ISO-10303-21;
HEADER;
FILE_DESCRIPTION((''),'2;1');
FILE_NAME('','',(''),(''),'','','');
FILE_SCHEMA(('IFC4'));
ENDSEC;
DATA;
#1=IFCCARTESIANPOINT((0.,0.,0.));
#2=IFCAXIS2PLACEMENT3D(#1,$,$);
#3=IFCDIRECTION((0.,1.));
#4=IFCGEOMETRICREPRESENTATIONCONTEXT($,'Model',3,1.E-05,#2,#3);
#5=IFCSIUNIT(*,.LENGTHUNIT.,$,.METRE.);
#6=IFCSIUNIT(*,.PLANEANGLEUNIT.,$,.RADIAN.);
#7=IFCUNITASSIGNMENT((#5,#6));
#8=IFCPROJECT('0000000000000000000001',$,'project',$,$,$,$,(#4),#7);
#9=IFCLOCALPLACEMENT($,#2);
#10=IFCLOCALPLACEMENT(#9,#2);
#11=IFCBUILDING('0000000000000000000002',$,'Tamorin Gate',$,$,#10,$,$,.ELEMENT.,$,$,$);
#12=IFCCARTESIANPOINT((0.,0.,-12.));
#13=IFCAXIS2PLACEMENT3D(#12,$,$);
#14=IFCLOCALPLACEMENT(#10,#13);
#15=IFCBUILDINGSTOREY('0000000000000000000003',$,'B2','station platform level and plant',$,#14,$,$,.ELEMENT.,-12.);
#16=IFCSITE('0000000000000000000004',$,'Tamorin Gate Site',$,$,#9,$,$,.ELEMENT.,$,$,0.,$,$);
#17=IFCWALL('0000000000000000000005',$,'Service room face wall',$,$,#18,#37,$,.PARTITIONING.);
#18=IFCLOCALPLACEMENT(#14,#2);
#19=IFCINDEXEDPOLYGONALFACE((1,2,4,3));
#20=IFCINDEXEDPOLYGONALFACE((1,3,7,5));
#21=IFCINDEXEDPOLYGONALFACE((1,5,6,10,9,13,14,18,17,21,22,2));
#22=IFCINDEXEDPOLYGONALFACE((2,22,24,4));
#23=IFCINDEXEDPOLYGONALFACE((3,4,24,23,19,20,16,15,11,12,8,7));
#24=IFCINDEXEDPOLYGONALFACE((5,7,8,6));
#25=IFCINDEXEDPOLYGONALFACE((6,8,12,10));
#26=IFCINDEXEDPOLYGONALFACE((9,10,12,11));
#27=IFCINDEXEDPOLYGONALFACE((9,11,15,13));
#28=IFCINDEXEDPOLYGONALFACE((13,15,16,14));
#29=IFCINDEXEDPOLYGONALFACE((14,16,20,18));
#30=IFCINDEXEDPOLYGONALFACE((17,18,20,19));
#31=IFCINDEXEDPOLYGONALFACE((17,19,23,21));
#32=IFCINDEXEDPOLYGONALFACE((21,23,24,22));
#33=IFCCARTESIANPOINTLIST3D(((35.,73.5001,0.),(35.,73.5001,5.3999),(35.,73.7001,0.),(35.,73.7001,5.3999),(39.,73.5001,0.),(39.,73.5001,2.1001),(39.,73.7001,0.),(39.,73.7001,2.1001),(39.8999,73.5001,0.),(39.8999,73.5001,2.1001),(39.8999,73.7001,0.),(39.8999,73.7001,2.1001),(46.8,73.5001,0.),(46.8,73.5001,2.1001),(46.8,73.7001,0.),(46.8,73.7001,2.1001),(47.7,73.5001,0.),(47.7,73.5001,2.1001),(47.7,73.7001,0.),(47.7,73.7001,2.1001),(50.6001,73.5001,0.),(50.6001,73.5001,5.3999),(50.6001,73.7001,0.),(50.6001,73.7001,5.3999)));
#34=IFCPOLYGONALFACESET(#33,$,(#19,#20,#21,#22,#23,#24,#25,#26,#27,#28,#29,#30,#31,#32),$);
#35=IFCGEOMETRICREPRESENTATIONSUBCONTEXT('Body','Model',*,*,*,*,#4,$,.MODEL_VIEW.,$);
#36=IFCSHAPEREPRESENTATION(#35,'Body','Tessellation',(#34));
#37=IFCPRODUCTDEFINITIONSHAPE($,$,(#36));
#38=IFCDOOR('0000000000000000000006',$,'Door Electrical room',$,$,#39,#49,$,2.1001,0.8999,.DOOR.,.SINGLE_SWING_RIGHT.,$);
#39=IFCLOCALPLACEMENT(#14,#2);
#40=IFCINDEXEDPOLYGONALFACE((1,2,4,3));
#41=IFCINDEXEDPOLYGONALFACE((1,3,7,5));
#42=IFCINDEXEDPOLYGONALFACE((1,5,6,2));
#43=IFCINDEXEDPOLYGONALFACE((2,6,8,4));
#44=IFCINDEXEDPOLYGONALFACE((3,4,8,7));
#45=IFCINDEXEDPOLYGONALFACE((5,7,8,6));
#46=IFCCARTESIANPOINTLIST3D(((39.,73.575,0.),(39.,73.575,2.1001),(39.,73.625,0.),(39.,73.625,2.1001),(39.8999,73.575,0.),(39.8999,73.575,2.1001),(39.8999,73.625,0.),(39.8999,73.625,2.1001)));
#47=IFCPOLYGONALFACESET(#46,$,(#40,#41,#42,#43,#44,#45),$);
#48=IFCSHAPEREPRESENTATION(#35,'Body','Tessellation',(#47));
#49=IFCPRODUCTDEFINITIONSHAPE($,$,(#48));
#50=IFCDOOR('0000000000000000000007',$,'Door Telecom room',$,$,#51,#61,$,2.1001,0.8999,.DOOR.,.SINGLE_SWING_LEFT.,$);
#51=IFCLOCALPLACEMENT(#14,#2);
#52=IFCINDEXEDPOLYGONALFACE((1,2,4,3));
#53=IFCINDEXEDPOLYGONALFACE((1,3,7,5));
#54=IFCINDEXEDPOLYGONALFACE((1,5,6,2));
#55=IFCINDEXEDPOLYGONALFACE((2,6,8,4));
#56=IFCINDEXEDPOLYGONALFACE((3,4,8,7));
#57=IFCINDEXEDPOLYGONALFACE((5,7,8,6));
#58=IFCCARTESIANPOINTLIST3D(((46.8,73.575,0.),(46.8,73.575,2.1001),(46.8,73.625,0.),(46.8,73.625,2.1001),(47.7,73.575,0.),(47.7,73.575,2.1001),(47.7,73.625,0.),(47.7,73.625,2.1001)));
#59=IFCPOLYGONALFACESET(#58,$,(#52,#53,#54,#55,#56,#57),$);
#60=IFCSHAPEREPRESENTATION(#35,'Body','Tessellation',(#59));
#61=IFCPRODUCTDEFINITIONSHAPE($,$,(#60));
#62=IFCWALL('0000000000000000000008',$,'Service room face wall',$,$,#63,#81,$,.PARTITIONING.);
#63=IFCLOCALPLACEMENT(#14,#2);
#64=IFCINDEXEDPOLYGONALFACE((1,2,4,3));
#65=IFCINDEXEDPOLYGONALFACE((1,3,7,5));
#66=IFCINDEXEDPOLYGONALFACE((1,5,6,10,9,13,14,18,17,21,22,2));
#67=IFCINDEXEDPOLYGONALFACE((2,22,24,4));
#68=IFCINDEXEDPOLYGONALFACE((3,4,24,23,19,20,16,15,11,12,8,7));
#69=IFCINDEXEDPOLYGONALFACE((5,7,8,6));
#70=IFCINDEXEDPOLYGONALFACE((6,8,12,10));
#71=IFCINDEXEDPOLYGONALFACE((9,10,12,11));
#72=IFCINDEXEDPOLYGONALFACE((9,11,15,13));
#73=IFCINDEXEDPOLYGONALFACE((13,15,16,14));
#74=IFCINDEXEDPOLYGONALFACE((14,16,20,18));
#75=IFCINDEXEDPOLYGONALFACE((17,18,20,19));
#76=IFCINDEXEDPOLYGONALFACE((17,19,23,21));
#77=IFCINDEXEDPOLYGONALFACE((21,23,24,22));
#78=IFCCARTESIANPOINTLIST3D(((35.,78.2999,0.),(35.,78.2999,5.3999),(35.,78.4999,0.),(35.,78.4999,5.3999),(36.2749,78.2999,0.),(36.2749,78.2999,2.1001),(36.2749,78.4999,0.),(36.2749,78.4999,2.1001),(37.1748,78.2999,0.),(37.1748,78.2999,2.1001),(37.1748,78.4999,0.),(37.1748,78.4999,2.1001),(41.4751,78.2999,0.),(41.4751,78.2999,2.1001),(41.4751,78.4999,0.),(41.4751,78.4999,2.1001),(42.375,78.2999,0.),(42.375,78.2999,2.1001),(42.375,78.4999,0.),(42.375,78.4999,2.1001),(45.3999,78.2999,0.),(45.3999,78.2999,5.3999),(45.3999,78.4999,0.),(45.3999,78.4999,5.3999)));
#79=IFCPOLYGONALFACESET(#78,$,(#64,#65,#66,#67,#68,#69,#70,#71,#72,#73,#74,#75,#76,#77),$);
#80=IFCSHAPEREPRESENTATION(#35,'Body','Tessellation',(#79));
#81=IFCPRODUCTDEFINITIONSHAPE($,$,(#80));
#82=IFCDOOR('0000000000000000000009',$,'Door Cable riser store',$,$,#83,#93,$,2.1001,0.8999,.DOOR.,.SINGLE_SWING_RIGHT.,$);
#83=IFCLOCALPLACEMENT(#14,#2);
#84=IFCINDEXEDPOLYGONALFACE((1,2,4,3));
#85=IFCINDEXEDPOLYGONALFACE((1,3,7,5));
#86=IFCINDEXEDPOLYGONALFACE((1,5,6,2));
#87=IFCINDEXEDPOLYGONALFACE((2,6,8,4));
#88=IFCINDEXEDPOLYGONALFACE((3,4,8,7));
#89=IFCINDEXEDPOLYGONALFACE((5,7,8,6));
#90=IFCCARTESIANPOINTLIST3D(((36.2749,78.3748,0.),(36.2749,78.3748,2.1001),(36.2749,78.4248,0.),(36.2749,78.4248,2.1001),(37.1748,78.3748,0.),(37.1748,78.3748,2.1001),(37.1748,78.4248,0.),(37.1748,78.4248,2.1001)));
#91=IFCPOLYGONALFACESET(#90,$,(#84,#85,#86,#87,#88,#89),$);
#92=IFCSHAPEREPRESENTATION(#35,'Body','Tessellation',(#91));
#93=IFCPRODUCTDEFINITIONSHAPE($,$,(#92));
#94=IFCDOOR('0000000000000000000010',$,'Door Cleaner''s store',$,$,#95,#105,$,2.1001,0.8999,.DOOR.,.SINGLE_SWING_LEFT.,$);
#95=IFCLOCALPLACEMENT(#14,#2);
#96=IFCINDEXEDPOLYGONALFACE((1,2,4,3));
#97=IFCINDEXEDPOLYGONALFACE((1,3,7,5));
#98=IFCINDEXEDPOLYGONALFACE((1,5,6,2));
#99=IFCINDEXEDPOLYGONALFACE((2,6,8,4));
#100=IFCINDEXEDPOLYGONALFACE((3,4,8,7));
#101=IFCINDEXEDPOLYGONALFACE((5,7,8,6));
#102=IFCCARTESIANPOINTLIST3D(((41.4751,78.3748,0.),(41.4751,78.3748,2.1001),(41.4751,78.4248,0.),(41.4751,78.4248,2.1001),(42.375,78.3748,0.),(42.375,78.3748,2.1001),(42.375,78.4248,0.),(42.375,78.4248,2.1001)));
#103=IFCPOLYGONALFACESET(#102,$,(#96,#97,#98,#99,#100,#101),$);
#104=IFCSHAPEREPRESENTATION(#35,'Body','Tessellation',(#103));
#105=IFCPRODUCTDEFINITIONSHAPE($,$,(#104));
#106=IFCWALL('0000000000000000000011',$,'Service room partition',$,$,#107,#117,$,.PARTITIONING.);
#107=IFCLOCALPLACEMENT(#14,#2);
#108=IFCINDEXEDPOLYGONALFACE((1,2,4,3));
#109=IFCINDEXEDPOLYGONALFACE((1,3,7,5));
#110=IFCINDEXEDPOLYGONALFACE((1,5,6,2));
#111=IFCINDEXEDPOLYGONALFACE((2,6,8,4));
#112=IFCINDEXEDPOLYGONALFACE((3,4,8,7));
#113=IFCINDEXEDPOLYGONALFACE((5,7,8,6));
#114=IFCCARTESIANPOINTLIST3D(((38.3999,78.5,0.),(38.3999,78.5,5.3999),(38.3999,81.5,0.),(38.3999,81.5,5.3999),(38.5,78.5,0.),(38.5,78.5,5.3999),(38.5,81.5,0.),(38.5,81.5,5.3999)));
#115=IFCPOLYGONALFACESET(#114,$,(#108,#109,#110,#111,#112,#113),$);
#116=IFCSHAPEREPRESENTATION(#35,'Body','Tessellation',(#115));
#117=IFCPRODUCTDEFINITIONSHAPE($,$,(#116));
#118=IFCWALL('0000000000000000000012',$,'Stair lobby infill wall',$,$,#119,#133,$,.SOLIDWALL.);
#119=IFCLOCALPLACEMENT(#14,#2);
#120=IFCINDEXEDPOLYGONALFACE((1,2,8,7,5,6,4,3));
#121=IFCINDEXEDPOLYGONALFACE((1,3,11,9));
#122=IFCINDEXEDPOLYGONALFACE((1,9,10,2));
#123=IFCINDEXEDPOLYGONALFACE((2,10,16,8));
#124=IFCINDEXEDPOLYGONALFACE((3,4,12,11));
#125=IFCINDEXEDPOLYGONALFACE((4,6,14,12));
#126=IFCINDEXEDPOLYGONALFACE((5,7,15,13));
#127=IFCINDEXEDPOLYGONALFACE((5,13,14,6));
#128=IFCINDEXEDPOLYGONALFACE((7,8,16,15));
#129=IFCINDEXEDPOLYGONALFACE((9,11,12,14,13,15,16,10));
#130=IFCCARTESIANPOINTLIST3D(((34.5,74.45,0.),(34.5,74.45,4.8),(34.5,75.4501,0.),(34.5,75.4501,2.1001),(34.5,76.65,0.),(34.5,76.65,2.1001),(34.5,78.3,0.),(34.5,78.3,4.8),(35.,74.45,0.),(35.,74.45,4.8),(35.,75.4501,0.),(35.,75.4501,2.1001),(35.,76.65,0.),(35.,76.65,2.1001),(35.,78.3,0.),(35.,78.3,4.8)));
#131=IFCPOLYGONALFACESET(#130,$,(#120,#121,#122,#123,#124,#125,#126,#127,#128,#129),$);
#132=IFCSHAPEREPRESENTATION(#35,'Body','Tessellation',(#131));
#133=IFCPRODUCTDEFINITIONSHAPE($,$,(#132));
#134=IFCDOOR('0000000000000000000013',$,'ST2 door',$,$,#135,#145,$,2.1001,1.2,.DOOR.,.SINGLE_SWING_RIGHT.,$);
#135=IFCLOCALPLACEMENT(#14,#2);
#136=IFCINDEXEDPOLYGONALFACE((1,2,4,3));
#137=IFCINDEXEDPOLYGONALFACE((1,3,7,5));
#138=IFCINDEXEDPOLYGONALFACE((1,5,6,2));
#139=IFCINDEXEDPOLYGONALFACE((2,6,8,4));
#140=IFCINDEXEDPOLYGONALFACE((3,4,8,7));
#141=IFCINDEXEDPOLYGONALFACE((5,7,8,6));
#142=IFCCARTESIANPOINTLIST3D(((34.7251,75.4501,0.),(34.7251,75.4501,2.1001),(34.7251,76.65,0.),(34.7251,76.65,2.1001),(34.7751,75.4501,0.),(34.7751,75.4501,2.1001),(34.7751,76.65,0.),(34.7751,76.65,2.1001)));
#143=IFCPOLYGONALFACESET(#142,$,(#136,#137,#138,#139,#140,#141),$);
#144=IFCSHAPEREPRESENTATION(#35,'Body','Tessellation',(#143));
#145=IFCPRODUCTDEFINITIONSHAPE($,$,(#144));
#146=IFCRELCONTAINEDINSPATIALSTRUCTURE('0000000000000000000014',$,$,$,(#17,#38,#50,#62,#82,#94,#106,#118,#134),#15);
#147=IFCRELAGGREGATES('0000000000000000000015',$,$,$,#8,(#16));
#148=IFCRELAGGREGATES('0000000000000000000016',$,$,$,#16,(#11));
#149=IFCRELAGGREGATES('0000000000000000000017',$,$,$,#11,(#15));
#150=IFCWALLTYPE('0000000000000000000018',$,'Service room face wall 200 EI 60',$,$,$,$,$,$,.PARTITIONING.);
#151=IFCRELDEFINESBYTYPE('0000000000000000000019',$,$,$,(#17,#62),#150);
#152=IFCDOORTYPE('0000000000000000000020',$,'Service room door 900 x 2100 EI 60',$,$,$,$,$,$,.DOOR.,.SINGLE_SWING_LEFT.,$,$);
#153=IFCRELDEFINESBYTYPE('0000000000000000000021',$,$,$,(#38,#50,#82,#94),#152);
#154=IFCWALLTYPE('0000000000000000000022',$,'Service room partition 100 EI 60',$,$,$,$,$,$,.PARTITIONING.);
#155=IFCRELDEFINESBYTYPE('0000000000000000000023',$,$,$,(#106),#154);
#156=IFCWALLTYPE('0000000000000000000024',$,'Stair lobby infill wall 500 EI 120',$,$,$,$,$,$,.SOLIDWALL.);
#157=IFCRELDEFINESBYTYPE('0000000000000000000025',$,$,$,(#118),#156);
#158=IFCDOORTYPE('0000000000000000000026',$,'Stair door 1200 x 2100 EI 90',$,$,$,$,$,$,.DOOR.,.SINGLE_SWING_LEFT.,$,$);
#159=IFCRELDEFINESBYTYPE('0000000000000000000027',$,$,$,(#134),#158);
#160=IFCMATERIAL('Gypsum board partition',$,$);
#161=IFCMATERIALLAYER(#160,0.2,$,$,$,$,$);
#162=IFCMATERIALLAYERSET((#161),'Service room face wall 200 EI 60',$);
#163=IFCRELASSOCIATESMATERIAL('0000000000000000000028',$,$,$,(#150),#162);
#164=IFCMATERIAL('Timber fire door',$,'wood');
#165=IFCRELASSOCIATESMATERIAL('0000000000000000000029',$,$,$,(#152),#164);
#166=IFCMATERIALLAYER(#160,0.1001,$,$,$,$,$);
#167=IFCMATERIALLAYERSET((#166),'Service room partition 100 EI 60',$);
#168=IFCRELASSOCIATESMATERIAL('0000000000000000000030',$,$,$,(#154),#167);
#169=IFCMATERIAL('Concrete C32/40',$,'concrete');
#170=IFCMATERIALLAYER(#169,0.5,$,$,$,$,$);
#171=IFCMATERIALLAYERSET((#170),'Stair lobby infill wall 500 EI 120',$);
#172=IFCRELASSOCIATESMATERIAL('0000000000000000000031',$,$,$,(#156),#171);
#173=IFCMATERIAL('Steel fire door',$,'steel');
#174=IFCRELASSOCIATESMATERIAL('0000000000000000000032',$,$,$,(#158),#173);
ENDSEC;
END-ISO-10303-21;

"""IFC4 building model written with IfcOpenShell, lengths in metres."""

from ifc_helpers import new_model, si_unit, direction, frame, frame_2d, origin, place, context, subcontext, project, spatial, rectangle, extrude, material, layer, layer_set, type_object, element, fill, save


model = new_model("IFC4")

# Units and contexts
model_context = context("Model", 3, precision=1e-05, world=origin(), true_north=direction((0.0, 1.0)))
body_context = subcontext(model_context, "Body", "Model", "MODEL_VIEW")
ifc_project = project(units=[si_unit("LENGTHUNIT", "METRE"), si_unit("PLANEANGLEUNIT", "RADIAN")], contexts=[model_context])

# Site, building, storey
site_placement = place(None, origin())
site = spatial("IfcSite", under=ifc_project, at=site_placement, Name="Tamorin Gate Site", CompositionType="ELEMENT", RefElevation=0.0)
building_placement = place(site_placement, origin())
building = spatial("IfcBuilding", under=site, at=building_placement, Name="Tamorin Gate", CompositionType="ELEMENT")
storey_placement = place(building_placement, frame((0.0, 0.0, -12.0)))
storey = spatial("IfcBuildingStorey", under=building, at=storey_placement, Name="B2", Description="station platform level and plant", CompositionType="ELEMENT", Elevation=-12.0)

# Shared definitions
ifc_material_1 = material(Name="Concrete C32/40", Category="concrete")

# Shared definitions
ifc_material_2 = material(Name="Steel fire door", Category="steel")

# Walls, openings, doors
ifc_material_3 = material(Name="Gypsum board partition")
ifc_layer_1 = layer(ifc_material_3, 0.2)
ifc_layer_set_1 = layer_set([ifc_layer_1], Name="Service room face wall 200 EI 60")
wall_type_1 = type_object("IfcWallType", Name="Service room face wall 200 EI 60", PredefinedType="PARTITIONING", material=ifc_layer_set_1)
wall_1_placement = place(storey_placement, frame((35.0, 73.6001, 0.0), z_axis=(0.0, 0.0, 1.0), x_axis=(1.0, 0.0, 0.0)))
wall_1 = element("IfcWall", 1, at=wall_1_placement, inside=storey, type_object=wall_type_1, Name="Service room face wall", PredefinedType="PARTITIONING", context=body_context, shape_type="SweptSolid", body=[
    extrude(rectangle(XDim=15.6001, YDim=0.2, at=frame_2d((7.8, 0.0))), origin(), (0.0, 0.0, 1.0), 5.3999),
])
opening_1_placement = place(wall_1_placement, frame((4.0, 0.0, 0.0)))
opening_1 = element("IfcOpeningElement", 2, at=opening_1_placement, cuts=wall_1, PredefinedType="OPENING", context=body_context, shape_type="SweptSolid", body=[
    extrude(rectangle(XDim=0.8999, YDim=2.1001, at=frame_2d((0.45, 1.05))), frame((0.0, 0.1099, 0.0), z_axis=(0.0, -1.0, 0.0), x_axis=(1.0, 0.0, 0.0)), (0.0, 0.0, 1.0), 0.22),
])
opening_2_placement = place(wall_1_placement, frame((11.8, 0.0, 0.0)))
opening_2 = element("IfcOpeningElement", 3, at=opening_2_placement, cuts=wall_1, PredefinedType="OPENING", context=body_context, shape_type="SweptSolid", body=[
    extrude(rectangle(XDim=0.8999, YDim=2.1001, at=frame_2d((0.45, 1.05))), frame((0.0, 0.1099, 0.0), z_axis=(0.0, -1.0, 0.0), x_axis=(1.0, 0.0, 0.0)), (0.0, 0.0, 1.0), 0.22),
])
ifc_material_4 = material(Name="Timber fire door", Category="wood")
door_type_1 = type_object("IfcDoorType", Name="Service room door 900 x 2100 EI 60", OperationType="SINGLE_SWING_LEFT", PredefinedType="DOOR", material=ifc_material_4)
door_1_placement = place(opening_1_placement, origin())
door_1 = element("IfcDoor", 4, at=door_1_placement, inside=storey, type_object=door_type_1, Name="Door Electrical room", OperationType="SINGLE_SWING_RIGHT", OverallHeight=2.1001, OverallWidth=0.8999, PredefinedType="DOOR", context=body_context, shape_type="SweptSolid", body=[
    extrude(rectangle(XDim=0.8999, YDim=2.1001, at=frame_2d((0.45, 1.05))), frame((0.0, 0.0249, 0.0), z_axis=(0.0, -1.0, 0.0), x_axis=(1.0, 0.0, 0.0)), (0.0, 0.0, 1.0), 0.05),
])
fill(opening_1, door_1)
door_2_placement = place(opening_2_placement, origin())
door_2 = element("IfcDoor", 5, at=door_2_placement, inside=storey, type_object=door_type_1, Name="Door Telecom room", OperationType="SINGLE_SWING_LEFT", OverallHeight=2.1001, OverallWidth=0.8999, PredefinedType="DOOR", context=body_context, shape_type="SweptSolid", body=[
    extrude(rectangle(XDim=0.8999, YDim=2.1001, at=frame_2d((0.45, 1.05))), frame((0.0, 0.0249, 0.0), z_axis=(0.0, -1.0, 0.0), x_axis=(1.0, 0.0, 0.0)), (0.0, 0.0, 1.0), 0.05),
])
fill(opening_2, door_2)
wall_2_placement = place(storey_placement, frame((35.0, 78.3999, 0.0), z_axis=(0.0, 0.0, 1.0), x_axis=(1.0, 0.0, 0.0)))
wall_2 = element("IfcWall", 6, at=wall_2_placement, inside=storey, type_object=wall_type_1, Name="Service room face wall", PredefinedType="PARTITIONING", context=body_context, shape_type="SweptSolid", body=[
    extrude(rectangle(XDim=10.3999, YDim=0.2, at=frame_2d((5.2, 0.0))), origin(), (0.0, 0.0, 1.0), 5.3999),
])
opening_3_placement = place(wall_2_placement, frame((1.2749, 0.0, 0.0)))
opening_3 = element("IfcOpeningElement", 7, at=opening_3_placement, cuts=wall_2, PredefinedType="OPENING", context=body_context, shape_type="SweptSolid", body=[
    extrude(rectangle(XDim=0.8999, YDim=2.1001, at=frame_2d((0.45, 1.05))), frame((0.0, 0.1099, 0.0), z_axis=(0.0, -1.0, 0.0), x_axis=(1.0, 0.0, 0.0)), (0.0, 0.0, 1.0), 0.22),
])
opening_4_placement = place(wall_2_placement, frame((6.4751, 0.0, 0.0)))
opening_4 = element("IfcOpeningElement", 8, at=opening_4_placement, cuts=wall_2, PredefinedType="OPENING", context=body_context, shape_type="SweptSolid", body=[
    extrude(rectangle(XDim=0.8999, YDim=2.1001, at=frame_2d((0.45, 1.05))), frame((0.0, 0.1099, 0.0), z_axis=(0.0, -1.0, 0.0), x_axis=(1.0, 0.0, 0.0)), (0.0, 0.0, 1.0), 0.22),
])
door_3_placement = place(opening_3_placement, origin())
door_3 = element("IfcDoor", 9, at=door_3_placement, inside=storey, type_object=door_type_1, Name="Door Cable riser store", OperationType="SINGLE_SWING_RIGHT", OverallHeight=2.1001, OverallWidth=0.8999, PredefinedType="DOOR", context=body_context, shape_type="SweptSolid", body=[
    extrude(rectangle(XDim=0.8999, YDim=2.1001, at=frame_2d((0.45, 1.05))), frame((0.0, 0.0249, 0.0), z_axis=(0.0, -1.0, 0.0), x_axis=(1.0, 0.0, 0.0)), (0.0, 0.0, 1.0), 0.05),
])
fill(opening_3, door_3)
door_4_placement = place(opening_4_placement, origin())
door_4 = element("IfcDoor", 10, at=door_4_placement, inside=storey, type_object=door_type_1, Name="Door Cleaner's store", OperationType="SINGLE_SWING_LEFT", OverallHeight=2.1001, OverallWidth=0.8999, PredefinedType="DOOR", context=body_context, shape_type="SweptSolid", body=[
    extrude(rectangle(XDim=0.8999, YDim=2.1001, at=frame_2d((0.45, 1.05))), frame((0.0, 0.0249, 0.0), z_axis=(0.0, -1.0, 0.0), x_axis=(1.0, 0.0, 0.0)), (0.0, 0.0, 1.0), 0.05),
])
fill(opening_4, door_4)

# Wall
ifc_layer_2 = layer(ifc_material_3, 0.1001)
ifc_layer_set_2 = layer_set([ifc_layer_2], Name="Service room partition 100 EI 60")
wall_type_2 = type_object("IfcWallType", Name="Service room partition 100 EI 60", PredefinedType="PARTITIONING", material=ifc_layer_set_2)
wall_3_placement = place(storey_placement, frame((38.45, 78.5, 0.0), z_axis=(0.0, 0.0, 1.0), x_axis=(0.0, 1.0, 0.0)))
element("IfcWall", 11, at=wall_3_placement, inside=storey, type_object=wall_type_2, Name="Service room partition", PredefinedType="PARTITIONING", context=body_context, shape_type="SweptSolid", body=[
    extrude(rectangle(XDim=3.0, YDim=0.1001, at=frame_2d((1.5, 0.0))), origin(), (0.0, 0.0, 1.0), 5.3999),
])

# Wall, opening, door
ifc_layer_3 = layer(ifc_material_1, 0.5)
ifc_layer_set_3 = layer_set([ifc_layer_3], Name="Stair lobby infill wall 500 EI 120")
wall_type_3 = type_object("IfcWallType", Name="Stair lobby infill wall 500 EI 120", PredefinedType="SOLIDWALL", material=ifc_layer_set_3)
wall_4_placement = place(storey_placement, frame((34.75, 74.45, 0.0), z_axis=(0.0, 0.0, 1.0), x_axis=(0.0, 1.0, 0.0)))
wall_4 = element("IfcWall", 12, at=wall_4_placement, inside=storey, type_object=wall_type_3, Name="Stair lobby infill wall", PredefinedType="SOLIDWALL", context=body_context, shape_type="SweptSolid", body=[
    extrude(rectangle(XDim=3.8501, YDim=0.5, at=frame_2d((1.925, 0.0))), origin(), (0.0, 0.0, 1.0), 4.8),
])
opening_5_placement = place(wall_4_placement, frame((1.0, 0.0, 0.0)))
opening_5 = element("IfcOpeningElement", 13, at=opening_5_placement, cuts=wall_4, PredefinedType="OPENING", context=body_context, shape_type="SweptSolid", body=[
    extrude(rectangle(XDim=1.2, YDim=2.1001, at=frame_2d((0.6001, 1.05))), frame((0.0, 0.26, 0.0), z_axis=(0.0, -1.0, 0.0), x_axis=(1.0, 0.0, 0.0)), (0.0, 0.0, 1.0), 0.52),
])
door_type_2 = type_object("IfcDoorType", Name="Stair door 1200 x 2100 EI 90", OperationType="SINGLE_SWING_LEFT", PredefinedType="DOOR", material=ifc_material_2)
door_5_placement = place(opening_5_placement, origin())
door_5 = element("IfcDoor", 14, at=door_5_placement, inside=storey, type_object=door_type_2, Name="ST2 door", OperationType="SINGLE_SWING_RIGHT", OverallHeight=2.1001, OverallWidth=1.2, PredefinedType="DOOR", context=body_context, shape_type="SweptSolid", body=[
    extrude(rectangle(XDim=1.2, YDim=2.1001, at=frame_2d((0.6001, 1.05))), frame((0.0, 0.0249, 0.0), z_axis=(0.0, -1.0, 0.0), x_axis=(1.0, 0.0, 0.0)), (0.0, 0.0, 1.0), 0.05),
])
fill(opening_5, door_5)

save(model, "model.ifc")
